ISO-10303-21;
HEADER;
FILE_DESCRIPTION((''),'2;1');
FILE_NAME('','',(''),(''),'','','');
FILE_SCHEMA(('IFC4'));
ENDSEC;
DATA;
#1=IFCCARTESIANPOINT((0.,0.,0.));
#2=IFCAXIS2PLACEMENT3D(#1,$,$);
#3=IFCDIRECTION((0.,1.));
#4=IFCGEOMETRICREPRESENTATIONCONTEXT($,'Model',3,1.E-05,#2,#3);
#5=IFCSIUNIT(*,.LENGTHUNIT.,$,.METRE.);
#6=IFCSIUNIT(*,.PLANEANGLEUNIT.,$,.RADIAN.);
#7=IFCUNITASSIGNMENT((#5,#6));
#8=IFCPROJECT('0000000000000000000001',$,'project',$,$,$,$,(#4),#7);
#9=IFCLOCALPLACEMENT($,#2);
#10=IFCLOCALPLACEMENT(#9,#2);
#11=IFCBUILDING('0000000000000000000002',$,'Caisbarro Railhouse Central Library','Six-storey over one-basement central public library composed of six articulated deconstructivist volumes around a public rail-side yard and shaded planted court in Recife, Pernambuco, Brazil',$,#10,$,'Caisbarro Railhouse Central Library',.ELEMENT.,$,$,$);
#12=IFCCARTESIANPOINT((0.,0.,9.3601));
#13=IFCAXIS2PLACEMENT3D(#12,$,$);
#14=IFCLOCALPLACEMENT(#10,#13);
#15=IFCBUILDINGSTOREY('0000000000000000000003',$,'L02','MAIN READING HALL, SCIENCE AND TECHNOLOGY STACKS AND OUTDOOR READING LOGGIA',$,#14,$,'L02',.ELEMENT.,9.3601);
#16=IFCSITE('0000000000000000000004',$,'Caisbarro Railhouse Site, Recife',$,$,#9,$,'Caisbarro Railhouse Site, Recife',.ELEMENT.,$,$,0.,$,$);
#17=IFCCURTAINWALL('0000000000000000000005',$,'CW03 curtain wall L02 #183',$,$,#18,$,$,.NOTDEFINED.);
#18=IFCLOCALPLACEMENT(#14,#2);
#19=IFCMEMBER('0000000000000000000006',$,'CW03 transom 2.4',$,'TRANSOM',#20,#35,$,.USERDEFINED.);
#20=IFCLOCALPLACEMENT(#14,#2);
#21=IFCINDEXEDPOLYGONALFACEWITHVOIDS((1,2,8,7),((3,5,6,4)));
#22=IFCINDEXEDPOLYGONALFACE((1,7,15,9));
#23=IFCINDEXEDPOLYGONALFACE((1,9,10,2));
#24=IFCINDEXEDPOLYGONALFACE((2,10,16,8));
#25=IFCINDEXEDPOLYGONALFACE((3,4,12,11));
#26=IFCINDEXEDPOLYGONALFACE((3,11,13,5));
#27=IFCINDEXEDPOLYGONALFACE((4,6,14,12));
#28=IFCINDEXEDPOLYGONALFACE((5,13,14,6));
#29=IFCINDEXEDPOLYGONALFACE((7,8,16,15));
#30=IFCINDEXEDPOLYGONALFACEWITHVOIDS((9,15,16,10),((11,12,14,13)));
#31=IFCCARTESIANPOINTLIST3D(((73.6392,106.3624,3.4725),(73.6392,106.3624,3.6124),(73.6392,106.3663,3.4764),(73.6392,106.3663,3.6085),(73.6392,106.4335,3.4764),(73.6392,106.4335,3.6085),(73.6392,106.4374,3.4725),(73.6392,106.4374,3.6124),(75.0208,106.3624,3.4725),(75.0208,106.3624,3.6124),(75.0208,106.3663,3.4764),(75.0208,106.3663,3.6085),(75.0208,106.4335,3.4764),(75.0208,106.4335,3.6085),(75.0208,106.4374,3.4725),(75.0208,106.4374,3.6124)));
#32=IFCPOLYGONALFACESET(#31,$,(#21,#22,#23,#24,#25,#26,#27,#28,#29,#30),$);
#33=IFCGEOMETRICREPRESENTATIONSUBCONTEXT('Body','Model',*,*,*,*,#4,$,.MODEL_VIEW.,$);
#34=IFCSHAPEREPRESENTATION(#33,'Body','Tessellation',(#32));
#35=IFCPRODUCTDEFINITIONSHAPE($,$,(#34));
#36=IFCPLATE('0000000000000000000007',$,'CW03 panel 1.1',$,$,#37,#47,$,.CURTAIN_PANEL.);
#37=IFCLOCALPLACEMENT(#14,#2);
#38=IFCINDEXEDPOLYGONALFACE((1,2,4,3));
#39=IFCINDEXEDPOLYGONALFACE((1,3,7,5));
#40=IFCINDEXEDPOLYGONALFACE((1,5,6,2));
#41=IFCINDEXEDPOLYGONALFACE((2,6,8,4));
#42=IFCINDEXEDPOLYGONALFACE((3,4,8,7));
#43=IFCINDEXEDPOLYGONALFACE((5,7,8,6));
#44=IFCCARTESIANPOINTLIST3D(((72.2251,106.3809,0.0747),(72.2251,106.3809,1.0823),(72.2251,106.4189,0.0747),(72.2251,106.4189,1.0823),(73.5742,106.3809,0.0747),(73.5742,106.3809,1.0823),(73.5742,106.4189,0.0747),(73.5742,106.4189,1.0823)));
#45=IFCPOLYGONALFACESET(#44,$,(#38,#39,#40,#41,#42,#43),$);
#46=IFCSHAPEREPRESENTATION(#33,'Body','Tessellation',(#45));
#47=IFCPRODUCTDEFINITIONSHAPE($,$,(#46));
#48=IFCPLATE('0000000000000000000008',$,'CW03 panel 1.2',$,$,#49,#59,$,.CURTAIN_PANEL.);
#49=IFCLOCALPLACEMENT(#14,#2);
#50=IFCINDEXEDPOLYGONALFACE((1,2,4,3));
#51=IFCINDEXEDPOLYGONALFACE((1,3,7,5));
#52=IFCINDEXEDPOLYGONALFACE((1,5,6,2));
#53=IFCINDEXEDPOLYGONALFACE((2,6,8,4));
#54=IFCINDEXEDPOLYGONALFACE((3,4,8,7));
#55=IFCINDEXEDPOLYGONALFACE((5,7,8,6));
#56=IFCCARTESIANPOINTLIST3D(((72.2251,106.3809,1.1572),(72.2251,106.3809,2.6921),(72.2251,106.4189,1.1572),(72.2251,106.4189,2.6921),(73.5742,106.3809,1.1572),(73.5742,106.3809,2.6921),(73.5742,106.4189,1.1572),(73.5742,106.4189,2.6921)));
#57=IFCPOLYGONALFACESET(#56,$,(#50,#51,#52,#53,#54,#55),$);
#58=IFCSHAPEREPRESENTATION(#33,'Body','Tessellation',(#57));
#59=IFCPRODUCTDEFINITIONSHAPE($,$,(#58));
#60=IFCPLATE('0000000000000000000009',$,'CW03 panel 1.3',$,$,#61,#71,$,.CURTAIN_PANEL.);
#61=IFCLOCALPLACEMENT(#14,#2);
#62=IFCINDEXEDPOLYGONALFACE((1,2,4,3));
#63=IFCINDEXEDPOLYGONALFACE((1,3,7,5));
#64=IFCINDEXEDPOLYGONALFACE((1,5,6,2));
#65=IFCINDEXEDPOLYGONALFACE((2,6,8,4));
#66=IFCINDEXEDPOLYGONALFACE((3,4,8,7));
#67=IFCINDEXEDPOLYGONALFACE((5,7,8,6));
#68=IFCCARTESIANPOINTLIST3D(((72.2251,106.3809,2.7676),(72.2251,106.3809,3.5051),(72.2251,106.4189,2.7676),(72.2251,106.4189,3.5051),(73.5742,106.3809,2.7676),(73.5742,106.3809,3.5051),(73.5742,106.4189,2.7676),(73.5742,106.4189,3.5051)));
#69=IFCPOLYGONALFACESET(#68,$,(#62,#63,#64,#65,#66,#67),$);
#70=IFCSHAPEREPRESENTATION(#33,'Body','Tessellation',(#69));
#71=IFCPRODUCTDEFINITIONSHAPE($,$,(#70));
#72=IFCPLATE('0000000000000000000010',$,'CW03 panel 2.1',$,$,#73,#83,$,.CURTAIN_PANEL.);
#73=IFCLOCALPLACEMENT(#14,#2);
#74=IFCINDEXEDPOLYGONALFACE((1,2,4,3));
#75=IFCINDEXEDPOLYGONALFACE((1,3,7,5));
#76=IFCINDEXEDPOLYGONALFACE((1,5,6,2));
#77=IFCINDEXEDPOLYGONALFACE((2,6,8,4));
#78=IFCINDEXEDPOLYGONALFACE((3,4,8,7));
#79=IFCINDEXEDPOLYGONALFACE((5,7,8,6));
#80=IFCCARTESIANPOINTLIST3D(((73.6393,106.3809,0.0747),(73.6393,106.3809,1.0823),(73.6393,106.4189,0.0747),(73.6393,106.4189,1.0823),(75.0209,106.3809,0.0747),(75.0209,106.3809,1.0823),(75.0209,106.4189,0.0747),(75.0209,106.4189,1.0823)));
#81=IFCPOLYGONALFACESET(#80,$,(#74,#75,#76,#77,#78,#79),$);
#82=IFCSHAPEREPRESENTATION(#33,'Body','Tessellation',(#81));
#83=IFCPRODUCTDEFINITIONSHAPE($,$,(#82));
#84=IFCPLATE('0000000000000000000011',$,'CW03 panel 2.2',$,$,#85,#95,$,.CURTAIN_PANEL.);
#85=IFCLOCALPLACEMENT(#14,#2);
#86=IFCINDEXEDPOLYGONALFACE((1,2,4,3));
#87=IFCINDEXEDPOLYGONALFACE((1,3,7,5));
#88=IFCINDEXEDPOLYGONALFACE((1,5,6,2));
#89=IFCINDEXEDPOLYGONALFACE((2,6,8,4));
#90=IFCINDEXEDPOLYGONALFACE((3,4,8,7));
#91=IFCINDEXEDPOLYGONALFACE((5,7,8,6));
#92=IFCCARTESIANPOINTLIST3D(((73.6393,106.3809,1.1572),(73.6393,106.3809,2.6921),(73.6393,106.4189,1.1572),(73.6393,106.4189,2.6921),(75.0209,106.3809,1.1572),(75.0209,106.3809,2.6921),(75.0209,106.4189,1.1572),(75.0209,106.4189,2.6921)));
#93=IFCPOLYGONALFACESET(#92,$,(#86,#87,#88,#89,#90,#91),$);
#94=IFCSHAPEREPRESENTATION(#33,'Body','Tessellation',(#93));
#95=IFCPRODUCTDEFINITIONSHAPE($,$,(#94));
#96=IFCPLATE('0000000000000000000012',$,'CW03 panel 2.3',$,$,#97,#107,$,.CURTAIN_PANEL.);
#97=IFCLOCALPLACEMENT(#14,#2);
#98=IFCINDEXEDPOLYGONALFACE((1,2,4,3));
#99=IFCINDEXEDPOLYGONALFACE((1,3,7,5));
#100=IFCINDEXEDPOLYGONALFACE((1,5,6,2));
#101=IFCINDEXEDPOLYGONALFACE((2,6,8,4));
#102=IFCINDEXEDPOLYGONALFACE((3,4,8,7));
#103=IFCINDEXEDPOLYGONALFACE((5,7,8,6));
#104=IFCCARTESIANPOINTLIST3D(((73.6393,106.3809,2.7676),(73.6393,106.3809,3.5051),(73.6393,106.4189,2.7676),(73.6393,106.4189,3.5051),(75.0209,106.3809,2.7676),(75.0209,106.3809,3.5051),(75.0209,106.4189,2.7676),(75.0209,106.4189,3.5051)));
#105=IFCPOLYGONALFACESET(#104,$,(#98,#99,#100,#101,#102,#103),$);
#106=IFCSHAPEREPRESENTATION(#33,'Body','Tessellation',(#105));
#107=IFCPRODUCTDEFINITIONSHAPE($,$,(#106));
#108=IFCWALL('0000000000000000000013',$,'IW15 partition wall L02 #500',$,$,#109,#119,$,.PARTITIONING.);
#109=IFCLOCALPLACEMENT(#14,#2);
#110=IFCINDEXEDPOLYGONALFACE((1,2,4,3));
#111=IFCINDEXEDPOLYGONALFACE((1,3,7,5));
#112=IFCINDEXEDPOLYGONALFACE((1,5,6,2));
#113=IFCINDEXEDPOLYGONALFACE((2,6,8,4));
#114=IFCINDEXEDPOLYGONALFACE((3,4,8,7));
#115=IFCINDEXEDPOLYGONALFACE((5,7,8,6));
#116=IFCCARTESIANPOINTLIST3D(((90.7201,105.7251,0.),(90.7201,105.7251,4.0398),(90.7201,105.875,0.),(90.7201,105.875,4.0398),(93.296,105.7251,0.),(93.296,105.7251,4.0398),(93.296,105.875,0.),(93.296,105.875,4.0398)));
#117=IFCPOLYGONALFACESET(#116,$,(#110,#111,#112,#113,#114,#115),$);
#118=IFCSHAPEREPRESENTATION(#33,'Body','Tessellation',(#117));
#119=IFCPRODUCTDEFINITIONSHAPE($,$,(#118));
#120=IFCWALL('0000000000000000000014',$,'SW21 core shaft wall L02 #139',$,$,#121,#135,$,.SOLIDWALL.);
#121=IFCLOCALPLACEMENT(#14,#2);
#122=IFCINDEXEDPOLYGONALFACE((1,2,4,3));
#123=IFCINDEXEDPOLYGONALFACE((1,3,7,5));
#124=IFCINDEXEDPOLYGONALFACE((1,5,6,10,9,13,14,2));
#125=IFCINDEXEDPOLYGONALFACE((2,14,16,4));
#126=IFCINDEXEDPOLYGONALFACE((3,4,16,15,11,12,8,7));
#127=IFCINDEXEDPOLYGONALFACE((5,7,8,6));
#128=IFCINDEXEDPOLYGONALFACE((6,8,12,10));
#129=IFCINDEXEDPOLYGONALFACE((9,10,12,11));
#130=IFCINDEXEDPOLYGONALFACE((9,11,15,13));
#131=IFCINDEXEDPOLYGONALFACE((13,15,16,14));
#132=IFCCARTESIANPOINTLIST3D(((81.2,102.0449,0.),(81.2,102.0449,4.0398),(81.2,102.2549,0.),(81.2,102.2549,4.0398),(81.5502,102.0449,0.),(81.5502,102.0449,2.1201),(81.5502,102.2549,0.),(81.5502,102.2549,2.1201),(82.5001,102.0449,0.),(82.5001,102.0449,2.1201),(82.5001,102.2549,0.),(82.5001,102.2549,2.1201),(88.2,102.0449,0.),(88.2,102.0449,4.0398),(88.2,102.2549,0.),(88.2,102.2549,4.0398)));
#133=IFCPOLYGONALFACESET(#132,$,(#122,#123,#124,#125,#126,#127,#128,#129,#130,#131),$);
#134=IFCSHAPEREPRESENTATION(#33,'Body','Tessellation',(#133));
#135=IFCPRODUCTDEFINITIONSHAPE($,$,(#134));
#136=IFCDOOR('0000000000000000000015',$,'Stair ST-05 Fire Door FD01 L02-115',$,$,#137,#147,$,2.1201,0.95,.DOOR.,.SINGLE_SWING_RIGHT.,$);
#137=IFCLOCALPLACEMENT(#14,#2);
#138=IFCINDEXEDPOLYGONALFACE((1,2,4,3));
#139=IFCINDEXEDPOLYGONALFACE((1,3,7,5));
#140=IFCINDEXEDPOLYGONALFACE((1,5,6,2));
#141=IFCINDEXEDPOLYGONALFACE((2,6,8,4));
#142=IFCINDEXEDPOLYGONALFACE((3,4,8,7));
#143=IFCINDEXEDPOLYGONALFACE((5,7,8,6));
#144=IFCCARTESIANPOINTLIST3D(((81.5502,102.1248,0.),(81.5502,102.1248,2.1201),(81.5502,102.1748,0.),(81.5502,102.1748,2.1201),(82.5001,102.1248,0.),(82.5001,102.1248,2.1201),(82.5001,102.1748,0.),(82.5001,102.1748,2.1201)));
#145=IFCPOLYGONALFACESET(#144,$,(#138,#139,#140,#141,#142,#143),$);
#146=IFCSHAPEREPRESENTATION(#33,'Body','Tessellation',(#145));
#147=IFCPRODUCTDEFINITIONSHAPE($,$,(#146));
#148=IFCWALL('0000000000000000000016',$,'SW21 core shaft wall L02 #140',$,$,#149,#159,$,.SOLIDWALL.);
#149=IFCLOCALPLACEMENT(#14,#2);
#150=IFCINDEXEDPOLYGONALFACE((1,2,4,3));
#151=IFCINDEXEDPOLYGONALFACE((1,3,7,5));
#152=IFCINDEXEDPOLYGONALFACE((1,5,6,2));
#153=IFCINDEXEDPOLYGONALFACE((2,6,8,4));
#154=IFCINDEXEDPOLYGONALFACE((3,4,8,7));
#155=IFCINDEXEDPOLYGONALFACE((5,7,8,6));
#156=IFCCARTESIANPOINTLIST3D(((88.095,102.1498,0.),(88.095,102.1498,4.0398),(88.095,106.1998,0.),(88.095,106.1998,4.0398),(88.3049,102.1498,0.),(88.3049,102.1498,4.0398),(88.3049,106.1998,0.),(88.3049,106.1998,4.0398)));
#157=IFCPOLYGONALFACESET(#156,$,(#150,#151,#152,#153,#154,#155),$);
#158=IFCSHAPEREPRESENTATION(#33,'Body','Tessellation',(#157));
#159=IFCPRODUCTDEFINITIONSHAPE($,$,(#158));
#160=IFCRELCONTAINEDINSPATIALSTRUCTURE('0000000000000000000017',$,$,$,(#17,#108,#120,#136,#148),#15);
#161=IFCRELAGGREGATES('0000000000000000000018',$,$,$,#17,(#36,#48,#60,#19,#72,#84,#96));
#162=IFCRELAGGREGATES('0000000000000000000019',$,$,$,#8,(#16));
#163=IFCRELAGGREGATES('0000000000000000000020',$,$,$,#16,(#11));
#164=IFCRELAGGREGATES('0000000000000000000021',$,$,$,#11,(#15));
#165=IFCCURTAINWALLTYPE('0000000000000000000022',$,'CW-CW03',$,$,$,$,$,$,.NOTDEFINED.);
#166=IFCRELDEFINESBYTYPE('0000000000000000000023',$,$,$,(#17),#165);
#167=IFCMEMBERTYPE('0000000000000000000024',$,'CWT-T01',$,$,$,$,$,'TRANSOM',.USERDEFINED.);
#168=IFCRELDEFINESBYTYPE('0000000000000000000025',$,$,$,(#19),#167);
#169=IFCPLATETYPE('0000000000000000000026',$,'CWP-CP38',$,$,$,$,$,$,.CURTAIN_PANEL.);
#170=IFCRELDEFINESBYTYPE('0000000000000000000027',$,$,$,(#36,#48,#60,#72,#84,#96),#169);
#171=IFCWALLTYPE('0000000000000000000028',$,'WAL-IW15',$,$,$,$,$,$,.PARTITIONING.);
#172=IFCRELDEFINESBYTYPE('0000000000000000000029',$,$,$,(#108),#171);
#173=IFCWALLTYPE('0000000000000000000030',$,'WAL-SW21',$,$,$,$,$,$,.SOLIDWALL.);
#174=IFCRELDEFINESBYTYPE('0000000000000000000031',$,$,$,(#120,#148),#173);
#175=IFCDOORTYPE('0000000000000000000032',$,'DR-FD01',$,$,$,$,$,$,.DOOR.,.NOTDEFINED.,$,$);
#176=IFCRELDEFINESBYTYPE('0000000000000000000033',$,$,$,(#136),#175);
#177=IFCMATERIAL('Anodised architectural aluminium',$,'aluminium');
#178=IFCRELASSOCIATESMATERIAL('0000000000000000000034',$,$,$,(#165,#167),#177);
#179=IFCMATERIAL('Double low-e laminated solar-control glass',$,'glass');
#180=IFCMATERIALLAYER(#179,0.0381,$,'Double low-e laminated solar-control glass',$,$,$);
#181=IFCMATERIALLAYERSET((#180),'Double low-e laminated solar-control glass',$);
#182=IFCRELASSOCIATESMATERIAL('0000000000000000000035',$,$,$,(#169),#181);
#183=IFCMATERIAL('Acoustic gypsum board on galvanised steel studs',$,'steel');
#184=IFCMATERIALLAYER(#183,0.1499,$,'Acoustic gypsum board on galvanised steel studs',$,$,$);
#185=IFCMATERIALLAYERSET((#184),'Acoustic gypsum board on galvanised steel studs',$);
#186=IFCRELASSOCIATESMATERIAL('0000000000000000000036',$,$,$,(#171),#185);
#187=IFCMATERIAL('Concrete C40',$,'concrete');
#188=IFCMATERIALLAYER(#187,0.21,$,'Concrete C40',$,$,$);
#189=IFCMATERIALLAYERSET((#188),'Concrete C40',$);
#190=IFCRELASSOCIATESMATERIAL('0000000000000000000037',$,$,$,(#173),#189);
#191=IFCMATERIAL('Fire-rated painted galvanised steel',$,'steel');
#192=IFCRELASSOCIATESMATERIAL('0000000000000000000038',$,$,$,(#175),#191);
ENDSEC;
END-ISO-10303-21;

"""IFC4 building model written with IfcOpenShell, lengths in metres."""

from ifc_helpers import new_model, si_unit, direction, frame, frame_2d, origin, origin_2d, place, context, subcontext, project, spatial, rectangle, hollow_rectangle, extrude, material, layer, layer_set, material_profile, profile_set, type_object, element, fill, aggregate, save


model = new_model("IFC4")

# Units and contexts
model_context = context("Model", 3, precision=1e-05, world=origin(), true_north=direction((0.0, 1.0)))
body_context = subcontext(model_context, "Body", "Model", "MODEL_VIEW")
ifc_project = project(units=[si_unit("LENGTHUNIT", "METRE"), si_unit("PLANEANGLEUNIT", "RADIAN")], contexts=[model_context])

# Site, building, storey
site_placement = place(None, origin())
site = spatial("IfcSite", under=ifc_project, at=site_placement, Name="Caisbarro Railhouse Site, Recife", LongName="Caisbarro Railhouse Site, Recife", CompositionType="ELEMENT", RefElevation=0.0)
building_placement = place(site_placement, origin())
building = spatial("IfcBuilding", under=site, at=building_placement, Name="Caisbarro Railhouse Central Library", Description="Six-storey over one-basement central public library composed of six articulated deconstructivist volumes around a public rail-side yard and shaded planted court in Recife, Pernambuco, Brazil", LongName="Caisbarro Railhouse Central Library", CompositionType="ELEMENT")
storey_placement = place(building_placement, frame((0.0, 0.0, 9.3601)))
storey = spatial("IfcBuildingStorey", under=building, at=storey_placement, Name="L02", Description="MAIN READING HALL, SCIENCE AND TECHNOLOGY STACKS AND OUTDOOR READING LOGGIA", LongName="L02", CompositionType="ELEMENT", Elevation=9.3601)

# Curtain wall, member, plates
ifc_material_1 = material(Name="Anodised architectural aluminium", Category="aluminium")
curtain_wall_type = type_object("IfcCurtainWallType", Name="CW-CW03", PredefinedType="NOTDEFINED", material=ifc_material_1)
curtain_wall_placement = place(storey_placement, origin())
curtain_wall = element("IfcCurtainWall", 1, at=curtain_wall_placement, inside=storey, type_object=curtain_wall_type, Name="CW03 curtain wall L02 #183", PredefinedType="NOTDEFINED")
ifc_material_profile_1 = material_profile(ifc_material_1, hollow_rectangle(XDim=0.075, YDim=0.1399, WallThickness=0.0039, at=origin_2d()), Name="ALU-TRN-75X140")
ifc_profile_set_1 = profile_set([ifc_material_profile_1], Name="Anodised architectural aluminium")
member_type_1 = type_object("IfcMemberType", Name="CWT-T01", ElementType="TRANSOM", PredefinedType="USERDEFINED", material=ifc_profile_set_1)
member_1_placement = place(storey_placement, frame((73.6392, 106.3999, 3.5425), z_axis=(1.0, 0.0, 0.0), x_axis=(0.0, 1.0, 0.0)))
member_1 = element("IfcMember", 2, at=member_1_placement, type_object=member_type_1, Name="CW03 transom 2.4", ObjectType="TRANSOM", PredefinedType="USERDEFINED", context=body_context, shape_type="SweptSolid", body=[
    extrude(hollow_rectangle(XDim=0.075, YDim=0.1399, WallThickness=0.0039, at=origin_2d()), origin(), (0.0, 0.0, 1.0), 1.3816),
])
ifc_material_2 = material(Name="Double low-e laminated solar-control glass", Category="glass")
ifc_layer_1 = layer(ifc_material_2, 0.0381, Name="Double low-e laminated solar-control glass")
ifc_layer_set_1 = layer_set([ifc_layer_1], Name="Double low-e laminated solar-control glass")
plate_type = type_object("IfcPlateType", Name="CWP-CP38", PredefinedType="CURTAIN_PANEL", material=ifc_layer_set_1)
plate_1_placement = place(storey_placement, frame((72.8997, 106.3999, 0.0747), z_axis=(0.0, 0.0, 1.0), x_axis=(1.0, 0.0, 0.0)))
plate_1 = element("IfcPlate", 3, at=plate_1_placement, type_object=plate_type, Name="CW03 panel 1.1", PredefinedType="CURTAIN_PANEL", context=body_context, shape_type="SweptSolid", body=[
    extrude(rectangle(XDim=1.3491, YDim=0.0381, at=origin_2d()), origin(), (0.0, 0.0, 1.0), 1.0076),
])
plate_2_placement = place(storey_placement, frame((72.8997, 106.3999, 1.1572), z_axis=(0.0, 0.0, 1.0), x_axis=(1.0, 0.0, 0.0)))
plate_2 = element("IfcPlate", 4, at=plate_2_placement, type_object=plate_type, Name="CW03 panel 1.2", PredefinedType="CURTAIN_PANEL", context=body_context, shape_type="SweptSolid", body=[
    extrude(rectangle(XDim=1.3491, YDim=0.0381, at=origin_2d()), origin(), (0.0, 0.0, 1.0), 1.5349),
])
plate_3_placement = place(storey_placement, frame((72.8997, 106.3999, 2.7676), z_axis=(0.0, 0.0, 1.0), x_axis=(1.0, 0.0, 0.0)))
plate_3 = element("IfcPlate", 5, at=plate_3_placement, type_object=plate_type, Name="CW03 panel 1.3", PredefinedType="CURTAIN_PANEL", context=body_context, shape_type="SweptSolid", body=[
    extrude(rectangle(XDim=1.3491, YDim=0.0381, at=origin_2d()), origin(), (0.0, 0.0, 1.0), 0.7375),
])
plate_4_placement = place(storey_placement, frame((74.3301, 106.3999, 0.0747), z_axis=(0.0, 0.0, 1.0), x_axis=(1.0, 0.0, 0.0)))
plate_4 = element("IfcPlate", 6, at=plate_4_placement, type_object=plate_type, Name="CW03 panel 2.1", PredefinedType="CURTAIN_PANEL", context=body_context, shape_type="SweptSolid", body=[
    extrude(rectangle(XDim=1.3816, YDim=0.0381, at=origin_2d()), origin(), (0.0, 0.0, 1.0), 1.0076),
])
plate_5_placement = place(storey_placement, frame((74.3301, 106.3999, 1.1572), z_axis=(0.0, 0.0, 1.0), x_axis=(1.0, 0.0, 0.0)))
plate_5 = element("IfcPlate", 7, at=plate_5_placement, type_object=plate_type, Name="CW03 panel 2.2", PredefinedType="CURTAIN_PANEL", context=body_context, shape_type="SweptSolid", body=[
    extrude(rectangle(XDim=1.3816, YDim=0.0381, at=origin_2d()), origin(), (0.0, 0.0, 1.0), 1.5349),
])
plate_6_placement = place(storey_placement, frame((74.3301, 106.3999, 2.7676), z_axis=(0.0, 0.0, 1.0), x_axis=(1.0, 0.0, 0.0)))
plate_6 = element("IfcPlate", 8, at=plate_6_placement, type_object=plate_type, Name="CW03 panel 2.3", PredefinedType="CURTAIN_PANEL", context=body_context, shape_type="SweptSolid", body=[
    extrude(rectangle(XDim=1.3816, YDim=0.0381, at=origin_2d()), origin(), (0.0, 0.0, 1.0), 0.7375),
])
aggregate(curtain_wall, [plate_1, plate_2, plate_3, member_1, plate_4, plate_5, plate_6])

# Wall
ifc_material_3 = material(Name="Acoustic gypsum board on galvanised steel studs", Category="steel")
ifc_layer_2 = layer(ifc_material_3, 0.1499, Name="Acoustic gypsum board on galvanised steel studs")
ifc_layer_set_2 = layer_set([ifc_layer_2], Name="Acoustic gypsum board on galvanised steel studs")
wall_type_1 = type_object("IfcWallType", Name="WAL-IW15", PredefinedType="PARTITIONING", material=ifc_layer_set_2)
wall_1_placement = place(storey_placement, frame((90.72, 105.8, 0.0), z_axis=(0.0, 0.0, 1.0), x_axis=(1.0, 0.0, 0.0)))
element("IfcWall", 9, at=wall_1_placement, inside=storey, type_object=wall_type_1, Name="IW15 partition wall L02 #500", PredefinedType="PARTITIONING", context=body_context, shape_type="SweptSolid", body=[
    extrude(rectangle(XDim=2.5759, YDim=0.1499, at=frame_2d((1.2881, 0.0))), origin(), (0.0, 0.0, 1.0), 4.0398),
])

# Wall, opening, door
ifc_material_4 = material(Name="Concrete C40", Category="concrete")
ifc_layer_3 = layer(ifc_material_4, 0.21, Name="Concrete C40")
ifc_layer_set_3 = layer_set([ifc_layer_3], Name="Concrete C40")
wall_type_2 = type_object("IfcWallType", Name="WAL-SW21", PredefinedType="SOLIDWALL", material=ifc_layer_set_3)
wall_2_placement = place(storey_placement, frame((81.2, 102.1499, 0.0), z_axis=(0.0, 0.0, 1.0), x_axis=(1.0, 0.0, 0.0)))
wall_2 = element("IfcWall", 10, at=wall_2_placement, inside=storey, type_object=wall_type_2, Name="SW21 core shaft wall L02 #139", PredefinedType="SOLIDWALL", context=body_context, shape_type="SweptSolid", body=[
    extrude(rectangle(XDim=7.0, YDim=0.21, at=frame_2d((3.5, 0.0))), origin(), (0.0, 0.0, 1.0), 4.0398),
])
opening_placement = place(wall_2_placement, frame((0.3501, 0.0, 0.0)))
opening = element("IfcOpeningElement", 11, at=opening_placement, cuts=wall_2, PredefinedType="OPENING", context=body_context, shape_type="SweptSolid", body=[
    extrude(rectangle(XDim=0.95, YDim=2.1201, at=frame_2d((0.4751, 1.0601))), frame((0.0, 0.115, 0.0), z_axis=(0.0, -1.0, 0.0), x_axis=(1.0, 0.0, 0.0)), (0.0, 0.0, 1.0), 0.23),
])
ifc_material_5 = material(Name="Fire-rated painted galvanised steel", Category="steel")
door_type = type_object("IfcDoorType", Name="DR-FD01", OperationType="NOTDEFINED", PredefinedType="DOOR", material=ifc_material_5)
door_placement = place(opening_placement, origin())
door = element("IfcDoor", 12, at=door_placement, inside=storey, type_object=door_type, Name="Stair ST-05 Fire Door FD01 L02-115", OperationType="SINGLE_SWING_RIGHT", OverallHeight=2.1201, OverallWidth=0.95, PredefinedType="DOOR", context=body_context, shape_type="SweptSolid", body=[
    extrude(rectangle(XDim=0.95, YDim=2.1201, at=frame_2d((0.4751, 1.0601))), frame((0.0, 0.0249, 0.0), z_axis=(0.0, -1.0, 0.0), x_axis=(1.0, 0.0, 0.0)), (0.0, 0.0, 1.0), 0.05),
])
fill(opening, door)

# Wall
wall_3_placement = place(storey_placement, frame((88.2, 102.1499, 0.0), z_axis=(0.0, 0.0, 1.0), x_axis=(0.0, 1.0, 0.0)))
element("IfcWall", 13, at=wall_3_placement, inside=storey, type_object=wall_type_2, Name="SW21 core shaft wall L02 #140", PredefinedType="SOLIDWALL", context=body_context, shape_type="SweptSolid", body=[
    extrude(rectangle(XDim=4.05, YDim=0.21, at=frame_2d((2.0249, 0.0))), origin(), (0.0, 0.0, 1.0), 4.0398),
])

save(model, "model.ifc")
